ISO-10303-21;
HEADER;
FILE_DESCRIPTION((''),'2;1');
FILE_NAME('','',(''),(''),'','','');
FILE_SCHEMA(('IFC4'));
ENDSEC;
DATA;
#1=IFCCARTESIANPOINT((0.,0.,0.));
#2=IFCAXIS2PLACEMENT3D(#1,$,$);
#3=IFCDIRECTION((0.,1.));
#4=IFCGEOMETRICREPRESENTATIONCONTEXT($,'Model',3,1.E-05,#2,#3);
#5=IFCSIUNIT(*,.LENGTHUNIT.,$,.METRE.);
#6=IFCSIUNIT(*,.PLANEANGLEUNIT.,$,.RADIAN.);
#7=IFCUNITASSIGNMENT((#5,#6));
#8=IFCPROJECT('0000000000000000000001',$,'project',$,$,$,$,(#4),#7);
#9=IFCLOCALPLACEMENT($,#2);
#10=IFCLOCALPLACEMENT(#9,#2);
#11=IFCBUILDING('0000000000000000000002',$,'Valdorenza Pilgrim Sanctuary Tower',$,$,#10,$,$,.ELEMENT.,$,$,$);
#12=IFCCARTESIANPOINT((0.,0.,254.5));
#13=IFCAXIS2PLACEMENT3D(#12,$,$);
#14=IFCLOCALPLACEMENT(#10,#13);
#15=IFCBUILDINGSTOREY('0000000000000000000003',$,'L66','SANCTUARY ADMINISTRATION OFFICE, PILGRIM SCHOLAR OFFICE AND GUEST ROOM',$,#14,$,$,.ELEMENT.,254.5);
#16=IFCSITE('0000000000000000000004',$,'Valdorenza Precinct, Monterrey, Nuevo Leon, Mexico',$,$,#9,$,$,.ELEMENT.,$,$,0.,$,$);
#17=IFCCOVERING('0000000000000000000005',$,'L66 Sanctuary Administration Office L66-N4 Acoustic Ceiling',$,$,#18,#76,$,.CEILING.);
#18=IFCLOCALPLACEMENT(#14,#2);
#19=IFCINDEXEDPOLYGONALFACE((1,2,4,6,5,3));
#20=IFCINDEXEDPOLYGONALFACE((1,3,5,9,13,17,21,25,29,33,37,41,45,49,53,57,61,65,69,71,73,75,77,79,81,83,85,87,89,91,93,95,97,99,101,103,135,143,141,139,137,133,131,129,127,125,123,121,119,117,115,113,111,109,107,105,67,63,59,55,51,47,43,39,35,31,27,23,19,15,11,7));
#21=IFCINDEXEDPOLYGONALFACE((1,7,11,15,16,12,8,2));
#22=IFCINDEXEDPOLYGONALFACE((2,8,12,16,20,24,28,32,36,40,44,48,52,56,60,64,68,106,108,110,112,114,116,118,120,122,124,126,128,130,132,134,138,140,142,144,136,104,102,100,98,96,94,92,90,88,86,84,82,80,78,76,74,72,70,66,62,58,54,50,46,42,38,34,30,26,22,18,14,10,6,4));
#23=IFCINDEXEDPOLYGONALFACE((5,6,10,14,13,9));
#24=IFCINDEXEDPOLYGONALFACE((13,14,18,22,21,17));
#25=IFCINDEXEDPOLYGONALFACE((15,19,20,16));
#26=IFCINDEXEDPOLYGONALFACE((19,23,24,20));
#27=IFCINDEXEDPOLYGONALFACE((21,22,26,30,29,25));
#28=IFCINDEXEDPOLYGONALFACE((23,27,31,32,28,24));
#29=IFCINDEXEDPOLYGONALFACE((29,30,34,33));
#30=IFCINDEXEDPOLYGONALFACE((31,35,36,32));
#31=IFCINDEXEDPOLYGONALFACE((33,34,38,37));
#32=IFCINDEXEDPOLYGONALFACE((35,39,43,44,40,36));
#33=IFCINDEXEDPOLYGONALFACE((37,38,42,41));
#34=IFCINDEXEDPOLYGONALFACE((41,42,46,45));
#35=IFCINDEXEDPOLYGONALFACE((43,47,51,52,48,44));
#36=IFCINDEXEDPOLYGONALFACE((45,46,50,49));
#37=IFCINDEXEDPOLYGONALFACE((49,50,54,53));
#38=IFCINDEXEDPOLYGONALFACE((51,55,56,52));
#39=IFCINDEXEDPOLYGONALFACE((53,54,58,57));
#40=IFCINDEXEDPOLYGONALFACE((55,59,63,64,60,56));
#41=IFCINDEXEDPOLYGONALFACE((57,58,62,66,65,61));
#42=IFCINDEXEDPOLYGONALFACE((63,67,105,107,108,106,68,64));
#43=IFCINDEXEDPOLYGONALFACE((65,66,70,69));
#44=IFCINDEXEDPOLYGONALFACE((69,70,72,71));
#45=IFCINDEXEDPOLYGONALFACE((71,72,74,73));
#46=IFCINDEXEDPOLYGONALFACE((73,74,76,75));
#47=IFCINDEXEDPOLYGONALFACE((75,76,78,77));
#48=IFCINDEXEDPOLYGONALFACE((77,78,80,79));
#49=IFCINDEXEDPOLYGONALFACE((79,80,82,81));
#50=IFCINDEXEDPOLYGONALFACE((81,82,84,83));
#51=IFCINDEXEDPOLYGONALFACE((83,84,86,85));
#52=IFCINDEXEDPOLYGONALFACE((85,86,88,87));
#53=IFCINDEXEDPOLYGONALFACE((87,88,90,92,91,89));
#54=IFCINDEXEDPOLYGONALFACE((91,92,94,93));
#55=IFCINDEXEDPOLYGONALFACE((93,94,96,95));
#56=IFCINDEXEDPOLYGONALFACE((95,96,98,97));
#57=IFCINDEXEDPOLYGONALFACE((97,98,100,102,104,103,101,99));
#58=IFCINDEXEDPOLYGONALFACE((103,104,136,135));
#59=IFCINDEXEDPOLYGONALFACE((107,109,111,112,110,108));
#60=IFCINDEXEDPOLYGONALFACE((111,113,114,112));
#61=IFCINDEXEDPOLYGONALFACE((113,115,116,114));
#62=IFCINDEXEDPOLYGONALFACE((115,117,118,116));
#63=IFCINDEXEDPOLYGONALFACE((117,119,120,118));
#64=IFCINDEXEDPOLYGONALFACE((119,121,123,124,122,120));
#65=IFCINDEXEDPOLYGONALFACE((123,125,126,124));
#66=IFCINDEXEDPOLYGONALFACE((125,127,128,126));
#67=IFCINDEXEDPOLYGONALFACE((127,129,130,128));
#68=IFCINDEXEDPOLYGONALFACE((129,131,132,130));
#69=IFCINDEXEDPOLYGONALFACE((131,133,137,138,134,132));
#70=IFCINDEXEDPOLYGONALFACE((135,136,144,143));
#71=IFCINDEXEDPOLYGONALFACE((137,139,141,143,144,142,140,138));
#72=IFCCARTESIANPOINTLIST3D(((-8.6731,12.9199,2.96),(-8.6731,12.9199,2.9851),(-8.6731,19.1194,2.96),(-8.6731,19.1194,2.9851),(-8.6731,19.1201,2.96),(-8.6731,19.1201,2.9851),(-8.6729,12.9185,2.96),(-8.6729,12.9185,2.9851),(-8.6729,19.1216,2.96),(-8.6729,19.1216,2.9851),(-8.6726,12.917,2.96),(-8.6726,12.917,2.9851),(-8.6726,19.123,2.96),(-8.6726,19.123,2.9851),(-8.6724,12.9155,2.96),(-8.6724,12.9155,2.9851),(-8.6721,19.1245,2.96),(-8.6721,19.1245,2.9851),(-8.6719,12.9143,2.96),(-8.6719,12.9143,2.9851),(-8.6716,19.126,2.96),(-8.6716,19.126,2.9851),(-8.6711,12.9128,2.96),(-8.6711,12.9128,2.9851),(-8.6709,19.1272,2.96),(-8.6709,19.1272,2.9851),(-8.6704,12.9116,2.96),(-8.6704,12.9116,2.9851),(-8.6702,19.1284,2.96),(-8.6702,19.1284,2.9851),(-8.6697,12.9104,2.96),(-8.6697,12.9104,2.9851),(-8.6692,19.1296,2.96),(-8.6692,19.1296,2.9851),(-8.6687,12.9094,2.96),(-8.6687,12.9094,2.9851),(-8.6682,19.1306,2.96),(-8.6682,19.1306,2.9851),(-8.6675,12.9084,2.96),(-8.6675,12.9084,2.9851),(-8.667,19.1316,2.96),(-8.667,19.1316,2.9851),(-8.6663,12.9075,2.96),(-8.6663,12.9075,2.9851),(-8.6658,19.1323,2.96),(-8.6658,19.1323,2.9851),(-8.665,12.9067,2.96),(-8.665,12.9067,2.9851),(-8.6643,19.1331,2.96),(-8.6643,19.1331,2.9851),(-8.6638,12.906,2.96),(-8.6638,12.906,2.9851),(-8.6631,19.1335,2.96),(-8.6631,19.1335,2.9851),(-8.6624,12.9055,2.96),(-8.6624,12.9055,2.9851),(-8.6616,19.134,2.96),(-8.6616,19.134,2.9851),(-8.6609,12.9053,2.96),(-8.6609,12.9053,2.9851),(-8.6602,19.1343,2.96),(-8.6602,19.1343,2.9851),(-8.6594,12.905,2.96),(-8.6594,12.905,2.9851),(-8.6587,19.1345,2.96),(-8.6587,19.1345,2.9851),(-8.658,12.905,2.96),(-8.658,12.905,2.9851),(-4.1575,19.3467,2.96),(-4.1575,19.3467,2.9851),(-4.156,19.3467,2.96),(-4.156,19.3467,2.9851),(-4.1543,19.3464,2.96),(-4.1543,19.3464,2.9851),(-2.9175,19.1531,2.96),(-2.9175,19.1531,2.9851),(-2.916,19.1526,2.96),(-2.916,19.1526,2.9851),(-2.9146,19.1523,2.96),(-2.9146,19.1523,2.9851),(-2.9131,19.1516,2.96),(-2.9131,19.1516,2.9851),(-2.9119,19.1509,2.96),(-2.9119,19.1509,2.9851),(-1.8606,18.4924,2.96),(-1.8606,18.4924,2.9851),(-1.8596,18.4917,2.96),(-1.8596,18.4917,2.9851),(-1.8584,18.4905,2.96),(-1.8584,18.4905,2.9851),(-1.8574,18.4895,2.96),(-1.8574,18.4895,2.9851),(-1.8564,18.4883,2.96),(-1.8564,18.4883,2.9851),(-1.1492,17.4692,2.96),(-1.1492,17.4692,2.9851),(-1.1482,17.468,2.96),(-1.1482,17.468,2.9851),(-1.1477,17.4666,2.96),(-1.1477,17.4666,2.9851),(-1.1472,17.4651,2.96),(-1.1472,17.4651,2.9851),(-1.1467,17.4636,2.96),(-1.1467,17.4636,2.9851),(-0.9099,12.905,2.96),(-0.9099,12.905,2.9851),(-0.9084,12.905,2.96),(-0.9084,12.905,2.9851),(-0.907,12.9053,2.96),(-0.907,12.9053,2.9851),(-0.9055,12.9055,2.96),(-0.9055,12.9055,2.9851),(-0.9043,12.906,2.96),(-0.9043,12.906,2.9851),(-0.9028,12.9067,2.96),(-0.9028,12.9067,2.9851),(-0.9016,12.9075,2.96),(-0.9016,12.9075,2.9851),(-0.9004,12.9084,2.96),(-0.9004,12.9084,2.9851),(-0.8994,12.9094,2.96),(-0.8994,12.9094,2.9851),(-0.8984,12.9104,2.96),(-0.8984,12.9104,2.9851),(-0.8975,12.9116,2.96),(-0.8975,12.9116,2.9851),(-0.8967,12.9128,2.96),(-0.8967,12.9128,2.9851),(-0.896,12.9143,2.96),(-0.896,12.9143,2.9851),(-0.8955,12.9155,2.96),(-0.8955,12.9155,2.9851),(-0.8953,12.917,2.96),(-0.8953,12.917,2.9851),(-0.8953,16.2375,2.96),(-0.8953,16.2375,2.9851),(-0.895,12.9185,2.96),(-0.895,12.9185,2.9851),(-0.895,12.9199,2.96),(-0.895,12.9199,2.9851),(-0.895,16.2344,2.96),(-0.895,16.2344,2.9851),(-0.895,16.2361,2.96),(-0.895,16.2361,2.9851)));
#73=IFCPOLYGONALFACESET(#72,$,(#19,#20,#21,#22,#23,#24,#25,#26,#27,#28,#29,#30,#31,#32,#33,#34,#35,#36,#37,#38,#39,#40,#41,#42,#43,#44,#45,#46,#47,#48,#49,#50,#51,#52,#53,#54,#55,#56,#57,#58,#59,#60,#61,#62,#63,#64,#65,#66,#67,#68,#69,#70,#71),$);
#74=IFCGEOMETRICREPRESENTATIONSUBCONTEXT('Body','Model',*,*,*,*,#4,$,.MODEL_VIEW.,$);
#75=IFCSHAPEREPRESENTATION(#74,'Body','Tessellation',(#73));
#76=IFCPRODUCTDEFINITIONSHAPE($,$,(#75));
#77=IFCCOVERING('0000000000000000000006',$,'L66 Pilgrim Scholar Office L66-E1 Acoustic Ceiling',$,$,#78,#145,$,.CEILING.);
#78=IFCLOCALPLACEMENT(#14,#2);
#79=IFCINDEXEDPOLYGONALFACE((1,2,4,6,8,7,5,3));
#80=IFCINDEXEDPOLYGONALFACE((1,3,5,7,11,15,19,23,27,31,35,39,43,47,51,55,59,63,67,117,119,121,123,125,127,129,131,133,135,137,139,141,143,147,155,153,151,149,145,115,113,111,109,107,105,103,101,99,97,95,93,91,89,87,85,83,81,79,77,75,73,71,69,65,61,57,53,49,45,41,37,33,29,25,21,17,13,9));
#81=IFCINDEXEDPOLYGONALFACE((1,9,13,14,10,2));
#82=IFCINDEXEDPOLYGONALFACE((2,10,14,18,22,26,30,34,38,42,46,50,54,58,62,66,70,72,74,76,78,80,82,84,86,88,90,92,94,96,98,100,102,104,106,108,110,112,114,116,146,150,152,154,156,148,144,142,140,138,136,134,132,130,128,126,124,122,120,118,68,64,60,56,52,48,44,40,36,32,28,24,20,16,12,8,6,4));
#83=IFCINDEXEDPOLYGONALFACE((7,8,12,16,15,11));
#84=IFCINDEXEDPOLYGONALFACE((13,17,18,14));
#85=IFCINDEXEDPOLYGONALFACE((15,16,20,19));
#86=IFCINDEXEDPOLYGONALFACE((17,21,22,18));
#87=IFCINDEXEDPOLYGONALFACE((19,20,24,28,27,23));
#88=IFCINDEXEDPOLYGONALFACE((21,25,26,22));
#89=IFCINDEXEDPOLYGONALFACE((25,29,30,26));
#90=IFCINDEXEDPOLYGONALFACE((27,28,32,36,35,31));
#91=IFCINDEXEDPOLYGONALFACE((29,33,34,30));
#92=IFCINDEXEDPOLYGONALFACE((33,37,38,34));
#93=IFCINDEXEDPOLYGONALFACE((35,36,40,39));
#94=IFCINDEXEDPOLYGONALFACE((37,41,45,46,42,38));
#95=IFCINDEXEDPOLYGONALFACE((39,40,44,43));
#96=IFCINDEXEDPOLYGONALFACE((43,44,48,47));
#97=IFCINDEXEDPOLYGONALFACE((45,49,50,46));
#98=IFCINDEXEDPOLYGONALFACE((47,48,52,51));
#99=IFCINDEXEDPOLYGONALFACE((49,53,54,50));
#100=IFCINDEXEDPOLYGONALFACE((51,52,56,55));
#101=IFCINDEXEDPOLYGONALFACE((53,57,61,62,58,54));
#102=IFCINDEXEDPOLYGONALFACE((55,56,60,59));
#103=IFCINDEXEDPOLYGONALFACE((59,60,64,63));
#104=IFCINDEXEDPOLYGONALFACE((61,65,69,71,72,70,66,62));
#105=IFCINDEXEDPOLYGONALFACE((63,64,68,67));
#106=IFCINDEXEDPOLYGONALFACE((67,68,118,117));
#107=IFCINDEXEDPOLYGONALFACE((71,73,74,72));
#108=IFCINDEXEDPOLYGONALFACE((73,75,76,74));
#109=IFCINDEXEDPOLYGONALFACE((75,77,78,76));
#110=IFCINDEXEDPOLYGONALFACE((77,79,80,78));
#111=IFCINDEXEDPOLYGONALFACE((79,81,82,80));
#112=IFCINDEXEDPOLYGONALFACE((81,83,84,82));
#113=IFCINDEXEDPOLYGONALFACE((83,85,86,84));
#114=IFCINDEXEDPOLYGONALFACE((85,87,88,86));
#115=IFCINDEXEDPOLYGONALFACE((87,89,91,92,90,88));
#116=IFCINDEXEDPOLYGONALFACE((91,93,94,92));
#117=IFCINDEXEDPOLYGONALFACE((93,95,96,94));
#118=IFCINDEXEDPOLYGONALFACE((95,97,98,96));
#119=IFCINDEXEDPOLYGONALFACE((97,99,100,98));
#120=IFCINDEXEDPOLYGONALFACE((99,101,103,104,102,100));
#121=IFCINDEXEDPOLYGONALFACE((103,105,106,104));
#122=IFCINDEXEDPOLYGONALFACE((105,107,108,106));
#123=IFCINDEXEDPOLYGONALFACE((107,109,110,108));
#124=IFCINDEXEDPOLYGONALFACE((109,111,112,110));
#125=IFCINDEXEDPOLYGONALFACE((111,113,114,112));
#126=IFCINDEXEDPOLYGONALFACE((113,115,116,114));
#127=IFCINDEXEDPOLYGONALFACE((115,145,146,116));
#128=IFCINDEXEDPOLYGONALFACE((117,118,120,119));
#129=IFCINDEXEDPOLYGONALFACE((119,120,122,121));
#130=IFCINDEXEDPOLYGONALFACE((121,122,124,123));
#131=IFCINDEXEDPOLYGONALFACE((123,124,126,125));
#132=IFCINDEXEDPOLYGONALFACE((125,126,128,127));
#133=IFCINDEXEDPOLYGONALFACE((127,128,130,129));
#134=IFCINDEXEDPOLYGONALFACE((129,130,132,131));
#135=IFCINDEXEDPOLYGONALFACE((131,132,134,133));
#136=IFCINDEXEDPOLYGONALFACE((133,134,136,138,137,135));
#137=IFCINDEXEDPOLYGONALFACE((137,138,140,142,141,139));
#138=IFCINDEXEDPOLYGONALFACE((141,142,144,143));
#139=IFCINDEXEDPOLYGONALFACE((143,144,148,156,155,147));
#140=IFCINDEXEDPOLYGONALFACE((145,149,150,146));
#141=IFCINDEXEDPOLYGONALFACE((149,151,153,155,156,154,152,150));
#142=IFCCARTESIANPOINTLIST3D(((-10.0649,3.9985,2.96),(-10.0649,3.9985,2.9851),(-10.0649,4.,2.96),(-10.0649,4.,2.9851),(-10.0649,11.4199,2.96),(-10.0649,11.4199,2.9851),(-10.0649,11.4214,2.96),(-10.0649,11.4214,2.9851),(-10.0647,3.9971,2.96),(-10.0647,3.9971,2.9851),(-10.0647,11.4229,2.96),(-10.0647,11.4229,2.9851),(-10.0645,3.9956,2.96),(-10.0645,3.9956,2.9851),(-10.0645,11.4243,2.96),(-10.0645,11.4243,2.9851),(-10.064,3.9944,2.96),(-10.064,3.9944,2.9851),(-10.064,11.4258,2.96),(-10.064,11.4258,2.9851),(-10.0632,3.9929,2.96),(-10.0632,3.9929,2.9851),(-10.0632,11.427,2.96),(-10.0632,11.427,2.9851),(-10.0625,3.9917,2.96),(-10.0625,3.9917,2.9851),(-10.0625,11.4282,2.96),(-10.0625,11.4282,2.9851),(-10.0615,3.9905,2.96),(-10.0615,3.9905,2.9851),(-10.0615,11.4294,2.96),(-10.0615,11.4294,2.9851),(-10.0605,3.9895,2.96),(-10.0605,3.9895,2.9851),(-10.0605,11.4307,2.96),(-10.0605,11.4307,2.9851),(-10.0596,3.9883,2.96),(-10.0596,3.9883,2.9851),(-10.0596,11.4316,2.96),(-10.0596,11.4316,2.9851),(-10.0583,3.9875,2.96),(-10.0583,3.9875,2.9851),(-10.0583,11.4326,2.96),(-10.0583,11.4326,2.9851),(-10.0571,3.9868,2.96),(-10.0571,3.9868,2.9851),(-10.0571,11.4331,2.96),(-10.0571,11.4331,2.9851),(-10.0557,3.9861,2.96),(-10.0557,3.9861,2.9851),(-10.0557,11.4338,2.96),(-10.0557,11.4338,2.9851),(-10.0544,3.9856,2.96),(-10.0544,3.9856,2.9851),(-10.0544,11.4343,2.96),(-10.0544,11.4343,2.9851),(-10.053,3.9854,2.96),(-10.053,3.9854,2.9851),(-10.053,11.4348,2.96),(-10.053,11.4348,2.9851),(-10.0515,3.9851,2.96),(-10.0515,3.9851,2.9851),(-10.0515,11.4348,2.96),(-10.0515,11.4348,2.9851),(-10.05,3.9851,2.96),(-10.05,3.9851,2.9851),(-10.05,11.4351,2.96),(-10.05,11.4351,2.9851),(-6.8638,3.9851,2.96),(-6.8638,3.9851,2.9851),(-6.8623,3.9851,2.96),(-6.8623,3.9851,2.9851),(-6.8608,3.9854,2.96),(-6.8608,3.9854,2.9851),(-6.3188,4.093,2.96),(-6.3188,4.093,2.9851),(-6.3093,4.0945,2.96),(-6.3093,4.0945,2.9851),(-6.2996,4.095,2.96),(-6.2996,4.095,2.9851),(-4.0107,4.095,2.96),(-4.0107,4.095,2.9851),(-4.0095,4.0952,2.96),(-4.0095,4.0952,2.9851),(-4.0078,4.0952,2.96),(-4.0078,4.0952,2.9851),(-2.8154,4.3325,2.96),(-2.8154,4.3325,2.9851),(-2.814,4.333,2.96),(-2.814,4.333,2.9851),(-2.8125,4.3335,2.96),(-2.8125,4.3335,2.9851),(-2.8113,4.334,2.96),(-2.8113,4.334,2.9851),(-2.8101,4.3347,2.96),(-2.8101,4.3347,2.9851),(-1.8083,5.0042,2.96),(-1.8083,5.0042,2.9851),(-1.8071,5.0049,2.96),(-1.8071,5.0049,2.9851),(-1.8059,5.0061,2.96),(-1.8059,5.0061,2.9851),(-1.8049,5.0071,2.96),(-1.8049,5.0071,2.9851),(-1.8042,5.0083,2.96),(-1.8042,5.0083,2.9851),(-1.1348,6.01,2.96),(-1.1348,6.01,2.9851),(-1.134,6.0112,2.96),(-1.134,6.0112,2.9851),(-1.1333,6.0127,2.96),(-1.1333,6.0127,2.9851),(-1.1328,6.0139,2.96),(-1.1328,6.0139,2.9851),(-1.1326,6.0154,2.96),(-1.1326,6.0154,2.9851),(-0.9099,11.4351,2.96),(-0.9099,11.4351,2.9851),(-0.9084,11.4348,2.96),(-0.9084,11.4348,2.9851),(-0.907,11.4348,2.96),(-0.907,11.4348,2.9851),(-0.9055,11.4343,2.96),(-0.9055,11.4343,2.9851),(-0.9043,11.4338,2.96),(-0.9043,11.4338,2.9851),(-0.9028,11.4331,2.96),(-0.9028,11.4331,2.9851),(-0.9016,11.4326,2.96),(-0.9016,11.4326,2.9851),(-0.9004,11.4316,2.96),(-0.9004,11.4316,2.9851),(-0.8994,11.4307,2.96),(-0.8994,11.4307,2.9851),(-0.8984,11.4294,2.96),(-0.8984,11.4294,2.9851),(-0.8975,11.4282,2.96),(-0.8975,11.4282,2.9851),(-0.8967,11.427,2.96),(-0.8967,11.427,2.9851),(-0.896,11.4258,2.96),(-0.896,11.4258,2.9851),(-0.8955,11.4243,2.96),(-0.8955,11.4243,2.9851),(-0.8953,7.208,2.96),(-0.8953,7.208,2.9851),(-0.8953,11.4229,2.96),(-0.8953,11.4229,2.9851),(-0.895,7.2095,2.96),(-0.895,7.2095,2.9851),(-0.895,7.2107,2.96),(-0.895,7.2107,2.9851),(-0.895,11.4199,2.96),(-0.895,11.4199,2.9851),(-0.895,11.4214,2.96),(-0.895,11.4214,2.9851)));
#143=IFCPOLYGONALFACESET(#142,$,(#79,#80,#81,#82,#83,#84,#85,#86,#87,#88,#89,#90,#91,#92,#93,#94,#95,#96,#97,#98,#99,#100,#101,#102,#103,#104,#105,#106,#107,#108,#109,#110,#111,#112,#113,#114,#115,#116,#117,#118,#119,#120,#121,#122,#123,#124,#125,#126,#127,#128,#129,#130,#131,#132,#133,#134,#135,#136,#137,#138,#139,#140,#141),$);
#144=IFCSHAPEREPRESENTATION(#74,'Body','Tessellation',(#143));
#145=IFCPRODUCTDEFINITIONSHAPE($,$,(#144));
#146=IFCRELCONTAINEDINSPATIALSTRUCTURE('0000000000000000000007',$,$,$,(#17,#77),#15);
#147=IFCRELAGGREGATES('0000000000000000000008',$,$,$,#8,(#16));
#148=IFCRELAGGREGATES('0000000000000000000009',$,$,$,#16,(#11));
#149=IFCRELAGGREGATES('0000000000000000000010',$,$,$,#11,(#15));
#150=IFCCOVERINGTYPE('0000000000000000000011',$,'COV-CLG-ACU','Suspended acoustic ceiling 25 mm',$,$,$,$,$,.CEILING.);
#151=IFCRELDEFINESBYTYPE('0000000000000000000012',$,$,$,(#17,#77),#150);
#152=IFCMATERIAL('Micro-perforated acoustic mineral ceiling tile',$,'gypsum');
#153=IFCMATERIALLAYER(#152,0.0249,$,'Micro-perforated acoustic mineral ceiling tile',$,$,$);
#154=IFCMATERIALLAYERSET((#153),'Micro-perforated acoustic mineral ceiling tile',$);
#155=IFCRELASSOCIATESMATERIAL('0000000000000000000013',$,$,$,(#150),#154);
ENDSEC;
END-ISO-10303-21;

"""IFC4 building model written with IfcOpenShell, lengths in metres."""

from ifc_helpers import new_model, si_unit, direction, frame, origin, place, context, subcontext, project, spatial, polyline, outline, extrude, material, layer, layer_set, type_object, element, save


model = new_model("IFC4")

# Units and contexts
model_context = context("Model", 3, precision=1e-05, world=origin(), true_north=direction((0.0, 1.0)))
body_context = subcontext(model_context, "Body", "Model", "MODEL_VIEW")
ifc_project = project(units=[si_unit("LENGTHUNIT", "METRE"), si_unit("PLANEANGLEUNIT", "RADIAN")], contexts=[model_context])

# Site, building, storey
site_placement = place(None, origin())
site = spatial("IfcSite", under=ifc_project, at=site_placement, Name="Valdorenza Precinct, Monterrey, Nuevo Leon, Mexico", CompositionType="ELEMENT", RefElevation=0.0)
building_placement = place(site_placement, origin())
building = spatial("IfcBuilding", under=site, at=building_placement, Name="Valdorenza Pilgrim Sanctuary Tower", CompositionType="ELEMENT")
storey_placement = place(building_placement, frame((0.0, 0.0, 254.5)))
storey = spatial("IfcBuildingStorey", under=building, at=storey_placement, Name="L66", Description="SANCTUARY ADMINISTRATION OFFICE, PILGRIM SCHOLAR OFFICE AND GUEST ROOM", CompositionType="ELEMENT", Elevation=254.5)

# Coverings
ifc_material_1 = material(Name="Micro-perforated acoustic mineral ceiling tile", Category="gypsum")
ifc_layer_1 = layer(ifc_material_1, 0.0249, Name="Micro-perforated acoustic mineral ceiling tile")
ifc_layer_set_1 = layer_set([ifc_layer_1], Name="Micro-perforated acoustic mineral ceiling tile")
covering_type_1 = type_object("IfcCoveringType", Name="COV-CLG-ACU", Description="Suspended acoustic ceiling 25 mm", PredefinedType="CEILING", material=ifc_layer_set_1)
covering_1_placement = place(storey_placement, frame((0.0, 0.0, 2.96)))
element("IfcCovering", 1, at=covering_1_placement, inside=storey, type_object=covering_type_1, Name="L66 Sanctuary Administration Office L66-N4 Acoustic Ceiling", PredefinedType="CEILING", context=body_context, shape_type="SweptSolid", body=[
    extrude(outline(polyline([(-8.6731, 19.1194), (-8.6731, 19.1201), (-8.6729, 19.1216), (-8.6726, 19.123), (-8.6721, 19.1245), (-8.6716, 19.126), (-8.6709, 19.1272), (-8.6702, 19.1284), (-8.6692, 19.1296), (-8.6682, 19.1306), (-8.667, 19.1316), (-8.6658, 19.1323), (-8.6643, 19.1331), (-8.6631, 19.1335), (-8.6616, 19.134), (-8.6602, 19.1343), (-8.6587, 19.1345), (-4.1575, 19.3467), (-4.156, 19.3467), (-4.1543, 19.3464), (-2.9175, 19.1531), (-2.916, 19.1526), (-2.9146, 19.1523), (-2.9131, 19.1516), (-2.9119, 19.1509), (-1.8606, 18.4924), (-1.8596, 18.4917), (-1.8584, 18.4905), (-1.8574, 18.4895), (-1.8564, 18.4883), (-1.1492, 17.4692), (-1.1482, 17.468), (-1.1477, 17.4666), (-1.1472, 17.4651), (-1.1467, 17.4636), (-0.8953, 16.2375), (-0.895, 16.2361), (-0.895, 16.2344), (-0.895, 12.9199), (-0.895, 12.9185), (-0.8953, 12.917), (-0.8955, 12.9155), (-0.896, 12.9143), (-0.8967, 12.9128), (-0.8975, 12.9116), (-0.8984, 12.9104), (-0.8994, 12.9094), (-0.9004, 12.9084), (-0.9016, 12.9075), (-0.9028, 12.9067), (-0.9043, 12.906), (-0.9055, 12.9055), (-0.907, 12.9053), (-0.9084, 12.905), (-0.9099, 12.905), (-8.658, 12.905), (-8.6594, 12.905), (-8.6609, 12.9053), (-8.6624, 12.9055), (-8.6638, 12.906), (-8.665, 12.9067), (-8.6663, 12.9075), (-8.6675, 12.9084), (-8.6687, 12.9094), (-8.6697, 12.9104), (-8.6704, 12.9116), (-8.6711, 12.9128), (-8.6719, 12.9143), (-8.6724, 12.9155), (-8.6726, 12.917), (-8.6729, 12.9185), (-8.6731, 12.9199), (-8.6731, 19.1194), (-8.6731, 19.1194)])), origin(), (0.0, 0.0, 1.0), 0.0251),
])
covering_2_placement = place(storey_placement, frame((0.0, 0.0, 2.96)))
element("IfcCovering", 2, at=covering_2_placement, inside=storey, type_object=covering_type_1, Name="L66 Pilgrim Scholar Office L66-E1 Acoustic Ceiling", PredefinedType="CEILING", context=body_context, shape_type="SweptSolid", body=[
    extrude(outline(polyline([(-10.0649, 11.4199), (-10.0649, 11.4214), (-10.0647, 11.4229), (-10.0645, 11.4243), (-10.064, 11.4258), (-10.0632, 11.427), (-10.0625, 11.4282), (-10.0615, 11.4294), (-10.0605, 11.4307), (-10.0596, 11.4316), (-10.0583, 11.4326), (-10.0571, 11.4331), (-10.0557, 11.4338), (-10.0544, 11.4343), (-10.053, 11.4348), (-10.0515, 11.4348), (-10.05, 11.4351), (-0.9099, 11.4351), (-0.9084, 11.4348), (-0.907, 11.4348), (-0.9055, 11.4343), (-0.9043, 11.4338), (-0.9028, 11.4331), (-0.9016, 11.4326), (-0.9004, 11.4316), (-0.8994, 11.4307), (-0.8984, 11.4294), (-0.8975, 11.4282), (-0.8967, 11.427), (-0.896, 11.4258), (-0.8955, 11.4243), (-0.8953, 11.4229), (-0.895, 11.4214), (-0.895, 11.4199), (-0.895, 7.2107), (-0.895, 7.2095), (-0.8953, 7.208), (-1.1326, 6.0154), (-1.1328, 6.0139), (-1.1333, 6.0127), (-1.134, 6.0112), (-1.1348, 6.01), (-1.8042, 5.0083), (-1.8049, 5.0071), (-1.8059, 5.0061), (-1.8071, 5.0049), (-1.8083, 5.0042), (-2.8101, 4.3347), (-2.8113, 4.334), (-2.8125, 4.3335), (-2.814, 4.333), (-2.8154, 4.3325), (-4.0078, 4.0952), (-4.0095, 4.0952), (-4.0107, 4.095), (-6.2996, 4.095), (-6.3093, 4.0945), (-6.3188, 4.093), (-6.8608, 3.9854), (-6.8623, 3.9851), (-6.8638, 3.9851), (-10.05, 3.9851), (-10.0515, 3.9851), (-10.053, 3.9854), (-10.0544, 3.9856), (-10.0557, 3.9861), (-10.0571, 3.9868), (-10.0583, 3.9875), (-10.0596, 3.9883), (-10.0605, 3.9895), (-10.0615, 3.9905), (-10.0625, 3.9917), (-10.0632, 3.9929), (-10.064, 3.9944), (-10.0645, 3.9956), (-10.0647, 3.9971), (-10.0649, 3.9985), (-10.0649, 4.0), (-10.0649, 11.4199)])), origin(), (0.0, 0.0, 1.0), 0.0251),
])

save(model, "model.ifc")
